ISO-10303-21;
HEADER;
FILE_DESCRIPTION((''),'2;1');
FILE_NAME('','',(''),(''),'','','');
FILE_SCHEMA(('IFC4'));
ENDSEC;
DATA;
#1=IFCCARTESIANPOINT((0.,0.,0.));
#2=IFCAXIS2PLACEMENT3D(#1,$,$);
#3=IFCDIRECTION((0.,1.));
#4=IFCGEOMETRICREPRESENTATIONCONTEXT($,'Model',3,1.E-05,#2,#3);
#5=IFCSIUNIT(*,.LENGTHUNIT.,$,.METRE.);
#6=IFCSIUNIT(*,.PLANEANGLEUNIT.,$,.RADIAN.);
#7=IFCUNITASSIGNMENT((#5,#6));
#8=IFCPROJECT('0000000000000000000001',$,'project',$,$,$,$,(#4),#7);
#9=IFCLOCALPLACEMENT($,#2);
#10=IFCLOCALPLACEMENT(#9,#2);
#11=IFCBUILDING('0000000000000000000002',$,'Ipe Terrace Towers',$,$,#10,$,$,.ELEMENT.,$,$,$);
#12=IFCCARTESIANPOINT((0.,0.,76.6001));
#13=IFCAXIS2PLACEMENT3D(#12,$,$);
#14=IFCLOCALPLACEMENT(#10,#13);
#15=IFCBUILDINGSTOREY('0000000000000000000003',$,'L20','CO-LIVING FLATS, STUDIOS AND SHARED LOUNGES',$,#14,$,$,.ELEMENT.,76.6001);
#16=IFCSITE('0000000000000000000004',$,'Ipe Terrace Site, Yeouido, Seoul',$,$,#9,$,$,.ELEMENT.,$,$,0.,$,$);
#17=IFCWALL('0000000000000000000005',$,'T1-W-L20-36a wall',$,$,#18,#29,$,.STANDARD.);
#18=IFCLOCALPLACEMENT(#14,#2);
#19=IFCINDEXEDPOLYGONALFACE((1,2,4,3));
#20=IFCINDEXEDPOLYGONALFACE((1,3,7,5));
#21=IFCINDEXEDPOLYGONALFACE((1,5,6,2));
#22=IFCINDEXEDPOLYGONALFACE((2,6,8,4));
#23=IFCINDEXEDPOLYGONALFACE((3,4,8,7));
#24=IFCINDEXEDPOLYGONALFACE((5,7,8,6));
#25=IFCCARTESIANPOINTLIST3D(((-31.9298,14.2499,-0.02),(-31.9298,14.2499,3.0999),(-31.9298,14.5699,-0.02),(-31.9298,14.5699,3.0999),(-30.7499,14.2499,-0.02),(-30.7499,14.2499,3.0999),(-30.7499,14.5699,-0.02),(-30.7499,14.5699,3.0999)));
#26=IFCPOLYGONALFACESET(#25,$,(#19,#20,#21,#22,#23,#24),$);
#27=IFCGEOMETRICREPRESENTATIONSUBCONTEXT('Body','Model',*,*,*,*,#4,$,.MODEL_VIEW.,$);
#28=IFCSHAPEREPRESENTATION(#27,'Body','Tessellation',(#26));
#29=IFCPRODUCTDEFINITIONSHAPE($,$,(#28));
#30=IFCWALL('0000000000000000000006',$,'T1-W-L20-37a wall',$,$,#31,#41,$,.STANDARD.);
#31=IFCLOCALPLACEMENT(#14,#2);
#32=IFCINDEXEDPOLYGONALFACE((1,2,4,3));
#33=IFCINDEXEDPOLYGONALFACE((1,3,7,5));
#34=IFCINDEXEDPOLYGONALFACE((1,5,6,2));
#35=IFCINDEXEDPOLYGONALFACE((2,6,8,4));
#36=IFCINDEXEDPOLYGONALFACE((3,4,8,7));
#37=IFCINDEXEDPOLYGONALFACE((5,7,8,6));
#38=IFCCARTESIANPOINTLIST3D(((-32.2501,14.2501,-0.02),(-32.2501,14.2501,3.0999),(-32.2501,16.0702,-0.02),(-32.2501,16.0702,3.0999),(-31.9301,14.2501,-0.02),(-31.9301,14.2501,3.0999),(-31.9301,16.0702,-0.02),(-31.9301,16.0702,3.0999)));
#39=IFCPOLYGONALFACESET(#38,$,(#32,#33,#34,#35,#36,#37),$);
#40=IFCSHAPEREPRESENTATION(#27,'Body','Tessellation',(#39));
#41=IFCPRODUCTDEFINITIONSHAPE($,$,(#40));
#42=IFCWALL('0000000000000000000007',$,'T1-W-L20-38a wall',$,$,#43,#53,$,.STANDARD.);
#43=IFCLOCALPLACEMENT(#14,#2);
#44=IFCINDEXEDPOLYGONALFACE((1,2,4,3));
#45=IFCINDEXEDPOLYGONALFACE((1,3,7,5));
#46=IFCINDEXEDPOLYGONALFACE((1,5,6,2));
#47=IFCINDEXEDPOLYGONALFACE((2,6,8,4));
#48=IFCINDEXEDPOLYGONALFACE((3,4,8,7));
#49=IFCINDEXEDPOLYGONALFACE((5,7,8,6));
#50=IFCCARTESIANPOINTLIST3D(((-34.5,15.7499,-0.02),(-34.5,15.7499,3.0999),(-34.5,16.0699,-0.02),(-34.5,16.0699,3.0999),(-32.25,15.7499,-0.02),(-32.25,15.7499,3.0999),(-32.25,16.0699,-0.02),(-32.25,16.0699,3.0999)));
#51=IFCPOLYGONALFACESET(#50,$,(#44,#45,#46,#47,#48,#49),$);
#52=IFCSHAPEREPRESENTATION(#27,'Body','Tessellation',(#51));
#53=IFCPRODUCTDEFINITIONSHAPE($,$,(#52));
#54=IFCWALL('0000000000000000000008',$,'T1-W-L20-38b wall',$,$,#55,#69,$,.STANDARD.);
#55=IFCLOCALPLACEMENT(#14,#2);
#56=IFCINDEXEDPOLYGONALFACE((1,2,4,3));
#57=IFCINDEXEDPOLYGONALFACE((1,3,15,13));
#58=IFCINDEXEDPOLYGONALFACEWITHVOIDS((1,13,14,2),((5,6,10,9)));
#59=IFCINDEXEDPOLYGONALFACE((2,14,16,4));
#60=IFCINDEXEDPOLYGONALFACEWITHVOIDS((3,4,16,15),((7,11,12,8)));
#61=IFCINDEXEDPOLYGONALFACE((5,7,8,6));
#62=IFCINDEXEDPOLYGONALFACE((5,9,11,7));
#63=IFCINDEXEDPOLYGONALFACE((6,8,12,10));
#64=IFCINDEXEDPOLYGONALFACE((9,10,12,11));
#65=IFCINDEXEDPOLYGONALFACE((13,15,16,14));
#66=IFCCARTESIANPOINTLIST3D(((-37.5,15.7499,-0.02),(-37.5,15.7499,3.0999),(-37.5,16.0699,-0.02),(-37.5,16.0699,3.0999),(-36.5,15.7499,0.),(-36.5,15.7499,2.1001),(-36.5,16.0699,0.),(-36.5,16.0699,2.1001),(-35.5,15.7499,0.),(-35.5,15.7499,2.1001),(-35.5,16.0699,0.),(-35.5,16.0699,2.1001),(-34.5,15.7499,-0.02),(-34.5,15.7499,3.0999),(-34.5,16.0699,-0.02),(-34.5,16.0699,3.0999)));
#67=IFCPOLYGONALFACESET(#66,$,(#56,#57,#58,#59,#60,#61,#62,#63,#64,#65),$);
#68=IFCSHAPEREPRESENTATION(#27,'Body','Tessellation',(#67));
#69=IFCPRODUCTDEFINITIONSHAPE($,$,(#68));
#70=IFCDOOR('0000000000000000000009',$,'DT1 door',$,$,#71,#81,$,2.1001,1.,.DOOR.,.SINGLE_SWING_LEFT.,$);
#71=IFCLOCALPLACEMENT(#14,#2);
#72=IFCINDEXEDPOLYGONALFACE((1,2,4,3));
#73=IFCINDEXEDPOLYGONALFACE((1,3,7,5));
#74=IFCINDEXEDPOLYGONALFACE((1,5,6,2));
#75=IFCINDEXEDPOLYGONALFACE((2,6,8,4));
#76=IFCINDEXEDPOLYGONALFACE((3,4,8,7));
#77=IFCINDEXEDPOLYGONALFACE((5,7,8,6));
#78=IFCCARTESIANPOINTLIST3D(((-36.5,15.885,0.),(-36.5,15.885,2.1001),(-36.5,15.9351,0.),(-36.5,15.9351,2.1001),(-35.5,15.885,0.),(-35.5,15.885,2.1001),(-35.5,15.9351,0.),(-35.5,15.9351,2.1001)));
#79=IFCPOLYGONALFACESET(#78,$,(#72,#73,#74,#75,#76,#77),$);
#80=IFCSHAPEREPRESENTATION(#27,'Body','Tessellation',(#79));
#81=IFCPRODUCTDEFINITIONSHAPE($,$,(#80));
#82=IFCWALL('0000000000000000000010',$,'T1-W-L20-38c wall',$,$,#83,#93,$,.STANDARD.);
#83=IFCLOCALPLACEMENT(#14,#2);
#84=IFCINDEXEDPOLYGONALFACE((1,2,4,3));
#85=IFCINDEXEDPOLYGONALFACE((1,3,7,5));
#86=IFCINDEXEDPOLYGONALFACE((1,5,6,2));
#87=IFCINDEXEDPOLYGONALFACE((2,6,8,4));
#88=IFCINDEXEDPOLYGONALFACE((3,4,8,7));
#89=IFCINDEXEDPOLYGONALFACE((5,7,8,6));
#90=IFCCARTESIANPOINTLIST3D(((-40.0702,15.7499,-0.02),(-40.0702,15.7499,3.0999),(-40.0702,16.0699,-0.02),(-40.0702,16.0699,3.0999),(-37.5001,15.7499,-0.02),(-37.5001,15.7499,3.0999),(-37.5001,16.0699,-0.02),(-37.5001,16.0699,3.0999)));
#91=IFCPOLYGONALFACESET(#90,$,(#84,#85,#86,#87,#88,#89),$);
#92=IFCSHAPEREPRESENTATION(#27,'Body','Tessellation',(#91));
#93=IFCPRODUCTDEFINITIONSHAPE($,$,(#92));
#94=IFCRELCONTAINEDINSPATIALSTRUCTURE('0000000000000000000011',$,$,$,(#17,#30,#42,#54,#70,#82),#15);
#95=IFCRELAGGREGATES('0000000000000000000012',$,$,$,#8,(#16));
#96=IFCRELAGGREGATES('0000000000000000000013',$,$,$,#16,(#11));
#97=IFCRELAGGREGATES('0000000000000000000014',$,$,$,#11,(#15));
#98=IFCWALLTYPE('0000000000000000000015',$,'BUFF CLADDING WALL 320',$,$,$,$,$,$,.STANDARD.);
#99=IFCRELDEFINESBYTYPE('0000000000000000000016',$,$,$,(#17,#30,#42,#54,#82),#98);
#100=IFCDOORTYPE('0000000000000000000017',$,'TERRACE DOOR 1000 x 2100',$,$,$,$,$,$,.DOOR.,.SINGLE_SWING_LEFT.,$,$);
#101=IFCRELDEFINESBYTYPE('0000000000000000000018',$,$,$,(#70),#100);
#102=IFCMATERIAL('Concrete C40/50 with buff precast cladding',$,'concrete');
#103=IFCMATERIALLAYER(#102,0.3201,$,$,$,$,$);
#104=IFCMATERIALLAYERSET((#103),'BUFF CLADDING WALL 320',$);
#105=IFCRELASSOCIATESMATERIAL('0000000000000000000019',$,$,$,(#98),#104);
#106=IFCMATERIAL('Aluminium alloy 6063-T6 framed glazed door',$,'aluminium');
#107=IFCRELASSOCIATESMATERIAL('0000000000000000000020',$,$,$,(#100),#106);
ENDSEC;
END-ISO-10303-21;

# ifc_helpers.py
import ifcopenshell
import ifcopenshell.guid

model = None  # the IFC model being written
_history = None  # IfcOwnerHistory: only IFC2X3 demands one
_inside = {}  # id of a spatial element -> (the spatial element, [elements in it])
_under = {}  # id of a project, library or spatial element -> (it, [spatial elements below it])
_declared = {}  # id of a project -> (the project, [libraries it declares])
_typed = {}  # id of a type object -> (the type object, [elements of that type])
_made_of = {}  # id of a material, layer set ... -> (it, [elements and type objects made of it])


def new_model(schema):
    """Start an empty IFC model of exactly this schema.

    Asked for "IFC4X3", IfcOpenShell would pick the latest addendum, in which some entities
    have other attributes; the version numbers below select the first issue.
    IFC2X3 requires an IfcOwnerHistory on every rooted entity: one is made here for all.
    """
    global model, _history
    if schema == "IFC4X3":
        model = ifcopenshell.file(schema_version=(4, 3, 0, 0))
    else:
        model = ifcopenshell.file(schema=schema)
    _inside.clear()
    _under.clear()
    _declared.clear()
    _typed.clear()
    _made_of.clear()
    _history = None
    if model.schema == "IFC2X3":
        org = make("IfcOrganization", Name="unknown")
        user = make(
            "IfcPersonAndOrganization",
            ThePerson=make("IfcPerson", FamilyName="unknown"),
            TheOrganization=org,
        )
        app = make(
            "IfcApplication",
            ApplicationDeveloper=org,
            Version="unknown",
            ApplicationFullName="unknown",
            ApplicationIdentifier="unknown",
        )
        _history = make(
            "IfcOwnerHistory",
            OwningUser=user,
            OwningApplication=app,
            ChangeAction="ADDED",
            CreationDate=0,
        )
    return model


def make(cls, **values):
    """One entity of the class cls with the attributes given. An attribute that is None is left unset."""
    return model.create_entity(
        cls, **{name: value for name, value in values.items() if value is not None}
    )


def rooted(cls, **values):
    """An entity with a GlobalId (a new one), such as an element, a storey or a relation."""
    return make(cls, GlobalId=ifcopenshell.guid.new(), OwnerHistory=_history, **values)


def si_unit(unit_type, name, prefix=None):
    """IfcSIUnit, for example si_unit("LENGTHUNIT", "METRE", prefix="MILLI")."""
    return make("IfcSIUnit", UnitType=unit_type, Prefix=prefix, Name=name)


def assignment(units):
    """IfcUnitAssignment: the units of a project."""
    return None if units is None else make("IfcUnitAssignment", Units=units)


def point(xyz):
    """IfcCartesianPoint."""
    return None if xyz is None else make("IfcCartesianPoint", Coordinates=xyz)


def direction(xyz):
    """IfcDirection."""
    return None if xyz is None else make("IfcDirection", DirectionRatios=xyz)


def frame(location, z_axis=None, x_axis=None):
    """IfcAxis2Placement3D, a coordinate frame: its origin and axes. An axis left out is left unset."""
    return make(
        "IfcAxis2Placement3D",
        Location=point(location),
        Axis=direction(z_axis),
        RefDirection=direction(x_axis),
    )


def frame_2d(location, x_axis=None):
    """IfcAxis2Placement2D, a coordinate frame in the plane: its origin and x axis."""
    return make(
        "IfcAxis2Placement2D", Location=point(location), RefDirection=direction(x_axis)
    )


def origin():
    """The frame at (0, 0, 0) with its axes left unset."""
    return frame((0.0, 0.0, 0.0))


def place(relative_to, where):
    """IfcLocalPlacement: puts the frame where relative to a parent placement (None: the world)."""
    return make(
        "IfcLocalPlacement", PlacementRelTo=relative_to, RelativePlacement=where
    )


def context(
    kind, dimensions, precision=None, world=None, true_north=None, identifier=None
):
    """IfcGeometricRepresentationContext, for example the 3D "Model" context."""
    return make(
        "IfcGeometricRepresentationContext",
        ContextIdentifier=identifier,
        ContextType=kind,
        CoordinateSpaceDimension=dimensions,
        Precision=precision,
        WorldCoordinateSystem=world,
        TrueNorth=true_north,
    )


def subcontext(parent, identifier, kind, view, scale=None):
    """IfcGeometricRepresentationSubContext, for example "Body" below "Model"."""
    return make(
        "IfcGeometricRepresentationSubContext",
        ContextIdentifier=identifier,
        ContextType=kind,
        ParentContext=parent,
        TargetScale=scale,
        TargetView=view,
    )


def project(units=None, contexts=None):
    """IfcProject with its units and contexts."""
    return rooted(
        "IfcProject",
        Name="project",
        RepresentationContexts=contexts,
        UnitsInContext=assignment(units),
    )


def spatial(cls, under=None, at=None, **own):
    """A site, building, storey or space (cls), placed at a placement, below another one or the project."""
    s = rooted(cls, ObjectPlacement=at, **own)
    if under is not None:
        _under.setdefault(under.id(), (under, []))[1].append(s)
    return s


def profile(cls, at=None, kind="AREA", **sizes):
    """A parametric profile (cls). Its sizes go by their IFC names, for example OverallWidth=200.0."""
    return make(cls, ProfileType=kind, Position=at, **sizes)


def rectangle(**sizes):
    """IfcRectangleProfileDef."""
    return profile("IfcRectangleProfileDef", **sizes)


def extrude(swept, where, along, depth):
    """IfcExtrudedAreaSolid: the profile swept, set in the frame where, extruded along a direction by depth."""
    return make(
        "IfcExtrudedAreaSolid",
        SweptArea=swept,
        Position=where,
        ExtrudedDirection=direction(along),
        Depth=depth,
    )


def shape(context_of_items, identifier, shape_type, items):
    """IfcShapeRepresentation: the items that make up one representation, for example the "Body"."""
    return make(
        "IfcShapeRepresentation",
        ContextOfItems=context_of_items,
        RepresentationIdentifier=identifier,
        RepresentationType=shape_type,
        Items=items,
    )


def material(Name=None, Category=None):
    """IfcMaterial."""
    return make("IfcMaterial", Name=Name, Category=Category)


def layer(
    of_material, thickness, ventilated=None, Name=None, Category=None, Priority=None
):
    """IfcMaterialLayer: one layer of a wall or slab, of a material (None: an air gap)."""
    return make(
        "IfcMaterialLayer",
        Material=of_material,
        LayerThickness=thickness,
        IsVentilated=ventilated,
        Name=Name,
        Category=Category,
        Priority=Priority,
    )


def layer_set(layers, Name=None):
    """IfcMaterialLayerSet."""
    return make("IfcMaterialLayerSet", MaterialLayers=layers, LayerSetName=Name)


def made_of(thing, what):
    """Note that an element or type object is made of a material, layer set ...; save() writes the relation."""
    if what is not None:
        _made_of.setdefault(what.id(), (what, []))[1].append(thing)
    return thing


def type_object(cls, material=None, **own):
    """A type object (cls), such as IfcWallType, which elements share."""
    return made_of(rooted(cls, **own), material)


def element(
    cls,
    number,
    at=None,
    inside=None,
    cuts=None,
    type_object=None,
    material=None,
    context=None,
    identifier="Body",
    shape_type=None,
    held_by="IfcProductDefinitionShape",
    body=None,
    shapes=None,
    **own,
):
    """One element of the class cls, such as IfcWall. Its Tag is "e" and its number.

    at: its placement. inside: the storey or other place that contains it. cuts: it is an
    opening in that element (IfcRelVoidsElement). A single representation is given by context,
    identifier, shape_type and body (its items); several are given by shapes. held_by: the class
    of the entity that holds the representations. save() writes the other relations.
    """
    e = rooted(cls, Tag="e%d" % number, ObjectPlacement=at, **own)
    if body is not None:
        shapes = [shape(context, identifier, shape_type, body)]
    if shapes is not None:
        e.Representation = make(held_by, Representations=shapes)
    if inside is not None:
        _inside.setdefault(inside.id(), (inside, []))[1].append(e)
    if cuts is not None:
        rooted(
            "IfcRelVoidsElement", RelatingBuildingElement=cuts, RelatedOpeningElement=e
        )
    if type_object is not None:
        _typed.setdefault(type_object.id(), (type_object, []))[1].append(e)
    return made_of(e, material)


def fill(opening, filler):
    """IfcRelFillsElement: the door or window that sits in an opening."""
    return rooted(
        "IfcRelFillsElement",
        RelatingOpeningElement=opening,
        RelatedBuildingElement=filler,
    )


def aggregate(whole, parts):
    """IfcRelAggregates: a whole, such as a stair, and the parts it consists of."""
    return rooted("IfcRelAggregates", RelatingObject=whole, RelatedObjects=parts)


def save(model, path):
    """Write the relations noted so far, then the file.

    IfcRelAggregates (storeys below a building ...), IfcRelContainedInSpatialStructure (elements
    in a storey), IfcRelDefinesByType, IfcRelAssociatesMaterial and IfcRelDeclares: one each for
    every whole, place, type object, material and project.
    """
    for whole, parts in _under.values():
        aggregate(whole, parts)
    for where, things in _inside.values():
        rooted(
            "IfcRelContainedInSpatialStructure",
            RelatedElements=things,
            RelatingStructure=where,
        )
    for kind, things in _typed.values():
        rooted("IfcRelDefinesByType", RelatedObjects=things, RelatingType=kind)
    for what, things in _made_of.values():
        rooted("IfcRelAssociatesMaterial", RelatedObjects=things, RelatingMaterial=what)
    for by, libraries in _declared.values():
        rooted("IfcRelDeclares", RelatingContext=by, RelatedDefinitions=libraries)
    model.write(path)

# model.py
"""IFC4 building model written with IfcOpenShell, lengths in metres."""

from ifc_helpers import new_model, si_unit, direction, frame, frame_2d, origin, place, context, subcontext, project, spatial, rectangle, extrude, material, layer, layer_set, type_object, element, fill, save


model = new_model("IFC4")

# Units and contexts
model_context = context("Model", 3, precision=1e-05, world=origin(), true_north=direction((0.0, 1.0)))
body_context = subcontext(model_context, "Body", "Model", "MODEL_VIEW")
ifc_project = project(units=[si_unit("LENGTHUNIT", "METRE"), si_unit("PLANEANGLEUNIT", "RADIAN")], contexts=[model_context])

# Site, building, storey
site_placement = place(None, origin())
site = spatial("IfcSite", under=ifc_project, at=site_placement, Name="Ipe Terrace Site, Yeouido, Seoul", CompositionType="ELEMENT", RefElevation=0.0)
building_placement = place(site_placement, origin())
building = spatial("IfcBuilding", under=site, at=building_placement, Name="Ipe Terrace Towers", CompositionType="ELEMENT")
storey_placement = place(building_placement, frame((0.0, 0.0, 76.6001)))
storey = spatial("IfcBuildingStorey", under=building, at=storey_placement, Name="L20", Description="CO-LIVING FLATS, STUDIOS AND SHARED LOUNGES", CompositionType="ELEMENT", Elevation=76.6001)

# Walls
ifc_material_1 = material(Name="Concrete C40/50 with buff precast cladding", Category="concrete")
ifc_layer = layer(ifc_material_1, 0.3201)
ifc_layer_set = layer_set([ifc_layer], Name="BUFF CLADDING WALL 320")
wall_type = type_object("IfcWallType", Name="BUFF CLADDING WALL 320", PredefinedType="STANDARD", material=ifc_layer_set)
wall_1_placement = place(storey_placement, frame((-30.75, 14.4099, -0.02), z_axis=(0.0, 0.0, 1.0), x_axis=(-1.0, 0.0, 0.0)))
element("IfcWall", 1, at=wall_1_placement, inside=storey, type_object=wall_type, Name="T1-W-L20-36a wall", PredefinedType="STANDARD", context=body_context, shape_type="SweptSolid", body=[
    extrude(rectangle(XDim=1.1799, YDim=0.3201, at=frame_2d((0.5898, 0.0))), origin(), (0.0, 0.0, 1.0), 3.1199),
])
wall_2_placement = place(storey_placement, frame((-32.0901, 14.25, -0.02), z_axis=(0.0, 0.0, 1.0), x_axis=(0.0, 1.0, 0.0)))
element("IfcWall", 2, at=wall_2_placement, inside=storey, type_object=wall_type, Name="T1-W-L20-37a wall", PredefinedType="STANDARD", context=body_context, shape_type="SweptSolid", body=[
    extrude(rectangle(XDim=1.8201, YDim=0.3201, at=frame_2d((0.9102, 0.0))), origin(), (0.0, 0.0, 1.0), 3.1199),
])
wall_3_placement = place(storey_placement, frame((-32.25, 15.9099, -0.02), z_axis=(0.0, 0.0, 1.0), x_axis=(-1.0, 0.0, 0.0)))
element("IfcWall", 3, at=wall_3_placement, inside=storey, type_object=wall_type, Name="T1-W-L20-38a wall", PredefinedType="STANDARD", context=body_context, shape_type="SweptSolid", body=[
    extrude(rectangle(XDim=2.25, YDim=0.3201, at=frame_2d((1.125, 0.0))), origin(), (0.0, 0.0, 1.0), 3.1199),
])

# Wall, opening, door
wall_4_placement = place(storey_placement, frame((-34.5, 15.9099, -0.02), z_axis=(0.0, 0.0, 1.0), x_axis=(-1.0, 0.0, 0.0)))
wall_4 = element("IfcWall", 4, at=wall_4_placement, inside=storey, type_object=wall_type, Name="T1-W-L20-38b wall", PredefinedType="STANDARD", context=body_context, shape_type="SweptSolid", body=[
    extrude(rectangle(XDim=3.0, YDim=0.3201, at=frame_2d((1.5, 0.0))), origin(), (0.0, 0.0, 1.0), 3.1199),
])
opening_placement = place(wall_4_placement, frame((1.0, 0.0, 0.02)))
opening = element("IfcOpeningElement", 5, at=opening_placement, cuts=wall_4, PredefinedType="OPENING", context=body_context, shape_type="SweptSolid", body=[
    extrude(rectangle(XDim=1.0, YDim=2.1001, at=frame_2d((0.5, 1.05))), frame((0.0, 0.1699, 0.0), z_axis=(0.0, -1.0, 0.0), x_axis=(1.0, 0.0, 0.0)), (0.0, 0.0, 1.0), 0.3401),
])
ifc_material_2 = material(Name="Aluminium alloy 6063-T6 framed glazed door", Category="aluminium")
door_type = type_object("IfcDoorType", Name="TERRACE DOOR 1000 x 2100", OperationType="SINGLE_SWING_LEFT", PredefinedType="DOOR", material=ifc_material_2)
door_placement = place(opening_placement, origin())
door = element("IfcDoor", 6, at=door_placement, inside=storey, type_object=door_type, Name="DT1 door", OperationType="SINGLE_SWING_LEFT", OverallHeight=2.1001, OverallWidth=1.0, PredefinedType="DOOR", context=body_context, shape_type="SweptSolid", body=[
    extrude(rectangle(XDim=1.0, YDim=2.1001, at=frame_2d((0.5, 1.05))), frame((0.0, 0.0249, 0.0), z_axis=(0.0, -1.0, 0.0), x_axis=(1.0, 0.0, 0.0)), (0.0, 0.0, 1.0), 0.05),
])
fill(opening, door)

# Wall
wall_5_placement = place(storey_placement, frame((-37.5, 15.9099, -0.02), z_axis=(0.0, 0.0, 1.0), x_axis=(-1.0, 0.0, 0.0)))
element("IfcWall", 7, at=wall_5_placement, inside=storey, type_object=wall_type, Name="T1-W-L20-38c wall", PredefinedType="STANDARD", context=body_context, shape_type="SweptSolid", body=[
    extrude(rectangle(XDim=2.5701, YDim=0.3201, at=frame_2d((1.2852, 0.0))), origin(), (0.0, 0.0, 1.0), 3.1199),
])

save(model, "model.ifc")
